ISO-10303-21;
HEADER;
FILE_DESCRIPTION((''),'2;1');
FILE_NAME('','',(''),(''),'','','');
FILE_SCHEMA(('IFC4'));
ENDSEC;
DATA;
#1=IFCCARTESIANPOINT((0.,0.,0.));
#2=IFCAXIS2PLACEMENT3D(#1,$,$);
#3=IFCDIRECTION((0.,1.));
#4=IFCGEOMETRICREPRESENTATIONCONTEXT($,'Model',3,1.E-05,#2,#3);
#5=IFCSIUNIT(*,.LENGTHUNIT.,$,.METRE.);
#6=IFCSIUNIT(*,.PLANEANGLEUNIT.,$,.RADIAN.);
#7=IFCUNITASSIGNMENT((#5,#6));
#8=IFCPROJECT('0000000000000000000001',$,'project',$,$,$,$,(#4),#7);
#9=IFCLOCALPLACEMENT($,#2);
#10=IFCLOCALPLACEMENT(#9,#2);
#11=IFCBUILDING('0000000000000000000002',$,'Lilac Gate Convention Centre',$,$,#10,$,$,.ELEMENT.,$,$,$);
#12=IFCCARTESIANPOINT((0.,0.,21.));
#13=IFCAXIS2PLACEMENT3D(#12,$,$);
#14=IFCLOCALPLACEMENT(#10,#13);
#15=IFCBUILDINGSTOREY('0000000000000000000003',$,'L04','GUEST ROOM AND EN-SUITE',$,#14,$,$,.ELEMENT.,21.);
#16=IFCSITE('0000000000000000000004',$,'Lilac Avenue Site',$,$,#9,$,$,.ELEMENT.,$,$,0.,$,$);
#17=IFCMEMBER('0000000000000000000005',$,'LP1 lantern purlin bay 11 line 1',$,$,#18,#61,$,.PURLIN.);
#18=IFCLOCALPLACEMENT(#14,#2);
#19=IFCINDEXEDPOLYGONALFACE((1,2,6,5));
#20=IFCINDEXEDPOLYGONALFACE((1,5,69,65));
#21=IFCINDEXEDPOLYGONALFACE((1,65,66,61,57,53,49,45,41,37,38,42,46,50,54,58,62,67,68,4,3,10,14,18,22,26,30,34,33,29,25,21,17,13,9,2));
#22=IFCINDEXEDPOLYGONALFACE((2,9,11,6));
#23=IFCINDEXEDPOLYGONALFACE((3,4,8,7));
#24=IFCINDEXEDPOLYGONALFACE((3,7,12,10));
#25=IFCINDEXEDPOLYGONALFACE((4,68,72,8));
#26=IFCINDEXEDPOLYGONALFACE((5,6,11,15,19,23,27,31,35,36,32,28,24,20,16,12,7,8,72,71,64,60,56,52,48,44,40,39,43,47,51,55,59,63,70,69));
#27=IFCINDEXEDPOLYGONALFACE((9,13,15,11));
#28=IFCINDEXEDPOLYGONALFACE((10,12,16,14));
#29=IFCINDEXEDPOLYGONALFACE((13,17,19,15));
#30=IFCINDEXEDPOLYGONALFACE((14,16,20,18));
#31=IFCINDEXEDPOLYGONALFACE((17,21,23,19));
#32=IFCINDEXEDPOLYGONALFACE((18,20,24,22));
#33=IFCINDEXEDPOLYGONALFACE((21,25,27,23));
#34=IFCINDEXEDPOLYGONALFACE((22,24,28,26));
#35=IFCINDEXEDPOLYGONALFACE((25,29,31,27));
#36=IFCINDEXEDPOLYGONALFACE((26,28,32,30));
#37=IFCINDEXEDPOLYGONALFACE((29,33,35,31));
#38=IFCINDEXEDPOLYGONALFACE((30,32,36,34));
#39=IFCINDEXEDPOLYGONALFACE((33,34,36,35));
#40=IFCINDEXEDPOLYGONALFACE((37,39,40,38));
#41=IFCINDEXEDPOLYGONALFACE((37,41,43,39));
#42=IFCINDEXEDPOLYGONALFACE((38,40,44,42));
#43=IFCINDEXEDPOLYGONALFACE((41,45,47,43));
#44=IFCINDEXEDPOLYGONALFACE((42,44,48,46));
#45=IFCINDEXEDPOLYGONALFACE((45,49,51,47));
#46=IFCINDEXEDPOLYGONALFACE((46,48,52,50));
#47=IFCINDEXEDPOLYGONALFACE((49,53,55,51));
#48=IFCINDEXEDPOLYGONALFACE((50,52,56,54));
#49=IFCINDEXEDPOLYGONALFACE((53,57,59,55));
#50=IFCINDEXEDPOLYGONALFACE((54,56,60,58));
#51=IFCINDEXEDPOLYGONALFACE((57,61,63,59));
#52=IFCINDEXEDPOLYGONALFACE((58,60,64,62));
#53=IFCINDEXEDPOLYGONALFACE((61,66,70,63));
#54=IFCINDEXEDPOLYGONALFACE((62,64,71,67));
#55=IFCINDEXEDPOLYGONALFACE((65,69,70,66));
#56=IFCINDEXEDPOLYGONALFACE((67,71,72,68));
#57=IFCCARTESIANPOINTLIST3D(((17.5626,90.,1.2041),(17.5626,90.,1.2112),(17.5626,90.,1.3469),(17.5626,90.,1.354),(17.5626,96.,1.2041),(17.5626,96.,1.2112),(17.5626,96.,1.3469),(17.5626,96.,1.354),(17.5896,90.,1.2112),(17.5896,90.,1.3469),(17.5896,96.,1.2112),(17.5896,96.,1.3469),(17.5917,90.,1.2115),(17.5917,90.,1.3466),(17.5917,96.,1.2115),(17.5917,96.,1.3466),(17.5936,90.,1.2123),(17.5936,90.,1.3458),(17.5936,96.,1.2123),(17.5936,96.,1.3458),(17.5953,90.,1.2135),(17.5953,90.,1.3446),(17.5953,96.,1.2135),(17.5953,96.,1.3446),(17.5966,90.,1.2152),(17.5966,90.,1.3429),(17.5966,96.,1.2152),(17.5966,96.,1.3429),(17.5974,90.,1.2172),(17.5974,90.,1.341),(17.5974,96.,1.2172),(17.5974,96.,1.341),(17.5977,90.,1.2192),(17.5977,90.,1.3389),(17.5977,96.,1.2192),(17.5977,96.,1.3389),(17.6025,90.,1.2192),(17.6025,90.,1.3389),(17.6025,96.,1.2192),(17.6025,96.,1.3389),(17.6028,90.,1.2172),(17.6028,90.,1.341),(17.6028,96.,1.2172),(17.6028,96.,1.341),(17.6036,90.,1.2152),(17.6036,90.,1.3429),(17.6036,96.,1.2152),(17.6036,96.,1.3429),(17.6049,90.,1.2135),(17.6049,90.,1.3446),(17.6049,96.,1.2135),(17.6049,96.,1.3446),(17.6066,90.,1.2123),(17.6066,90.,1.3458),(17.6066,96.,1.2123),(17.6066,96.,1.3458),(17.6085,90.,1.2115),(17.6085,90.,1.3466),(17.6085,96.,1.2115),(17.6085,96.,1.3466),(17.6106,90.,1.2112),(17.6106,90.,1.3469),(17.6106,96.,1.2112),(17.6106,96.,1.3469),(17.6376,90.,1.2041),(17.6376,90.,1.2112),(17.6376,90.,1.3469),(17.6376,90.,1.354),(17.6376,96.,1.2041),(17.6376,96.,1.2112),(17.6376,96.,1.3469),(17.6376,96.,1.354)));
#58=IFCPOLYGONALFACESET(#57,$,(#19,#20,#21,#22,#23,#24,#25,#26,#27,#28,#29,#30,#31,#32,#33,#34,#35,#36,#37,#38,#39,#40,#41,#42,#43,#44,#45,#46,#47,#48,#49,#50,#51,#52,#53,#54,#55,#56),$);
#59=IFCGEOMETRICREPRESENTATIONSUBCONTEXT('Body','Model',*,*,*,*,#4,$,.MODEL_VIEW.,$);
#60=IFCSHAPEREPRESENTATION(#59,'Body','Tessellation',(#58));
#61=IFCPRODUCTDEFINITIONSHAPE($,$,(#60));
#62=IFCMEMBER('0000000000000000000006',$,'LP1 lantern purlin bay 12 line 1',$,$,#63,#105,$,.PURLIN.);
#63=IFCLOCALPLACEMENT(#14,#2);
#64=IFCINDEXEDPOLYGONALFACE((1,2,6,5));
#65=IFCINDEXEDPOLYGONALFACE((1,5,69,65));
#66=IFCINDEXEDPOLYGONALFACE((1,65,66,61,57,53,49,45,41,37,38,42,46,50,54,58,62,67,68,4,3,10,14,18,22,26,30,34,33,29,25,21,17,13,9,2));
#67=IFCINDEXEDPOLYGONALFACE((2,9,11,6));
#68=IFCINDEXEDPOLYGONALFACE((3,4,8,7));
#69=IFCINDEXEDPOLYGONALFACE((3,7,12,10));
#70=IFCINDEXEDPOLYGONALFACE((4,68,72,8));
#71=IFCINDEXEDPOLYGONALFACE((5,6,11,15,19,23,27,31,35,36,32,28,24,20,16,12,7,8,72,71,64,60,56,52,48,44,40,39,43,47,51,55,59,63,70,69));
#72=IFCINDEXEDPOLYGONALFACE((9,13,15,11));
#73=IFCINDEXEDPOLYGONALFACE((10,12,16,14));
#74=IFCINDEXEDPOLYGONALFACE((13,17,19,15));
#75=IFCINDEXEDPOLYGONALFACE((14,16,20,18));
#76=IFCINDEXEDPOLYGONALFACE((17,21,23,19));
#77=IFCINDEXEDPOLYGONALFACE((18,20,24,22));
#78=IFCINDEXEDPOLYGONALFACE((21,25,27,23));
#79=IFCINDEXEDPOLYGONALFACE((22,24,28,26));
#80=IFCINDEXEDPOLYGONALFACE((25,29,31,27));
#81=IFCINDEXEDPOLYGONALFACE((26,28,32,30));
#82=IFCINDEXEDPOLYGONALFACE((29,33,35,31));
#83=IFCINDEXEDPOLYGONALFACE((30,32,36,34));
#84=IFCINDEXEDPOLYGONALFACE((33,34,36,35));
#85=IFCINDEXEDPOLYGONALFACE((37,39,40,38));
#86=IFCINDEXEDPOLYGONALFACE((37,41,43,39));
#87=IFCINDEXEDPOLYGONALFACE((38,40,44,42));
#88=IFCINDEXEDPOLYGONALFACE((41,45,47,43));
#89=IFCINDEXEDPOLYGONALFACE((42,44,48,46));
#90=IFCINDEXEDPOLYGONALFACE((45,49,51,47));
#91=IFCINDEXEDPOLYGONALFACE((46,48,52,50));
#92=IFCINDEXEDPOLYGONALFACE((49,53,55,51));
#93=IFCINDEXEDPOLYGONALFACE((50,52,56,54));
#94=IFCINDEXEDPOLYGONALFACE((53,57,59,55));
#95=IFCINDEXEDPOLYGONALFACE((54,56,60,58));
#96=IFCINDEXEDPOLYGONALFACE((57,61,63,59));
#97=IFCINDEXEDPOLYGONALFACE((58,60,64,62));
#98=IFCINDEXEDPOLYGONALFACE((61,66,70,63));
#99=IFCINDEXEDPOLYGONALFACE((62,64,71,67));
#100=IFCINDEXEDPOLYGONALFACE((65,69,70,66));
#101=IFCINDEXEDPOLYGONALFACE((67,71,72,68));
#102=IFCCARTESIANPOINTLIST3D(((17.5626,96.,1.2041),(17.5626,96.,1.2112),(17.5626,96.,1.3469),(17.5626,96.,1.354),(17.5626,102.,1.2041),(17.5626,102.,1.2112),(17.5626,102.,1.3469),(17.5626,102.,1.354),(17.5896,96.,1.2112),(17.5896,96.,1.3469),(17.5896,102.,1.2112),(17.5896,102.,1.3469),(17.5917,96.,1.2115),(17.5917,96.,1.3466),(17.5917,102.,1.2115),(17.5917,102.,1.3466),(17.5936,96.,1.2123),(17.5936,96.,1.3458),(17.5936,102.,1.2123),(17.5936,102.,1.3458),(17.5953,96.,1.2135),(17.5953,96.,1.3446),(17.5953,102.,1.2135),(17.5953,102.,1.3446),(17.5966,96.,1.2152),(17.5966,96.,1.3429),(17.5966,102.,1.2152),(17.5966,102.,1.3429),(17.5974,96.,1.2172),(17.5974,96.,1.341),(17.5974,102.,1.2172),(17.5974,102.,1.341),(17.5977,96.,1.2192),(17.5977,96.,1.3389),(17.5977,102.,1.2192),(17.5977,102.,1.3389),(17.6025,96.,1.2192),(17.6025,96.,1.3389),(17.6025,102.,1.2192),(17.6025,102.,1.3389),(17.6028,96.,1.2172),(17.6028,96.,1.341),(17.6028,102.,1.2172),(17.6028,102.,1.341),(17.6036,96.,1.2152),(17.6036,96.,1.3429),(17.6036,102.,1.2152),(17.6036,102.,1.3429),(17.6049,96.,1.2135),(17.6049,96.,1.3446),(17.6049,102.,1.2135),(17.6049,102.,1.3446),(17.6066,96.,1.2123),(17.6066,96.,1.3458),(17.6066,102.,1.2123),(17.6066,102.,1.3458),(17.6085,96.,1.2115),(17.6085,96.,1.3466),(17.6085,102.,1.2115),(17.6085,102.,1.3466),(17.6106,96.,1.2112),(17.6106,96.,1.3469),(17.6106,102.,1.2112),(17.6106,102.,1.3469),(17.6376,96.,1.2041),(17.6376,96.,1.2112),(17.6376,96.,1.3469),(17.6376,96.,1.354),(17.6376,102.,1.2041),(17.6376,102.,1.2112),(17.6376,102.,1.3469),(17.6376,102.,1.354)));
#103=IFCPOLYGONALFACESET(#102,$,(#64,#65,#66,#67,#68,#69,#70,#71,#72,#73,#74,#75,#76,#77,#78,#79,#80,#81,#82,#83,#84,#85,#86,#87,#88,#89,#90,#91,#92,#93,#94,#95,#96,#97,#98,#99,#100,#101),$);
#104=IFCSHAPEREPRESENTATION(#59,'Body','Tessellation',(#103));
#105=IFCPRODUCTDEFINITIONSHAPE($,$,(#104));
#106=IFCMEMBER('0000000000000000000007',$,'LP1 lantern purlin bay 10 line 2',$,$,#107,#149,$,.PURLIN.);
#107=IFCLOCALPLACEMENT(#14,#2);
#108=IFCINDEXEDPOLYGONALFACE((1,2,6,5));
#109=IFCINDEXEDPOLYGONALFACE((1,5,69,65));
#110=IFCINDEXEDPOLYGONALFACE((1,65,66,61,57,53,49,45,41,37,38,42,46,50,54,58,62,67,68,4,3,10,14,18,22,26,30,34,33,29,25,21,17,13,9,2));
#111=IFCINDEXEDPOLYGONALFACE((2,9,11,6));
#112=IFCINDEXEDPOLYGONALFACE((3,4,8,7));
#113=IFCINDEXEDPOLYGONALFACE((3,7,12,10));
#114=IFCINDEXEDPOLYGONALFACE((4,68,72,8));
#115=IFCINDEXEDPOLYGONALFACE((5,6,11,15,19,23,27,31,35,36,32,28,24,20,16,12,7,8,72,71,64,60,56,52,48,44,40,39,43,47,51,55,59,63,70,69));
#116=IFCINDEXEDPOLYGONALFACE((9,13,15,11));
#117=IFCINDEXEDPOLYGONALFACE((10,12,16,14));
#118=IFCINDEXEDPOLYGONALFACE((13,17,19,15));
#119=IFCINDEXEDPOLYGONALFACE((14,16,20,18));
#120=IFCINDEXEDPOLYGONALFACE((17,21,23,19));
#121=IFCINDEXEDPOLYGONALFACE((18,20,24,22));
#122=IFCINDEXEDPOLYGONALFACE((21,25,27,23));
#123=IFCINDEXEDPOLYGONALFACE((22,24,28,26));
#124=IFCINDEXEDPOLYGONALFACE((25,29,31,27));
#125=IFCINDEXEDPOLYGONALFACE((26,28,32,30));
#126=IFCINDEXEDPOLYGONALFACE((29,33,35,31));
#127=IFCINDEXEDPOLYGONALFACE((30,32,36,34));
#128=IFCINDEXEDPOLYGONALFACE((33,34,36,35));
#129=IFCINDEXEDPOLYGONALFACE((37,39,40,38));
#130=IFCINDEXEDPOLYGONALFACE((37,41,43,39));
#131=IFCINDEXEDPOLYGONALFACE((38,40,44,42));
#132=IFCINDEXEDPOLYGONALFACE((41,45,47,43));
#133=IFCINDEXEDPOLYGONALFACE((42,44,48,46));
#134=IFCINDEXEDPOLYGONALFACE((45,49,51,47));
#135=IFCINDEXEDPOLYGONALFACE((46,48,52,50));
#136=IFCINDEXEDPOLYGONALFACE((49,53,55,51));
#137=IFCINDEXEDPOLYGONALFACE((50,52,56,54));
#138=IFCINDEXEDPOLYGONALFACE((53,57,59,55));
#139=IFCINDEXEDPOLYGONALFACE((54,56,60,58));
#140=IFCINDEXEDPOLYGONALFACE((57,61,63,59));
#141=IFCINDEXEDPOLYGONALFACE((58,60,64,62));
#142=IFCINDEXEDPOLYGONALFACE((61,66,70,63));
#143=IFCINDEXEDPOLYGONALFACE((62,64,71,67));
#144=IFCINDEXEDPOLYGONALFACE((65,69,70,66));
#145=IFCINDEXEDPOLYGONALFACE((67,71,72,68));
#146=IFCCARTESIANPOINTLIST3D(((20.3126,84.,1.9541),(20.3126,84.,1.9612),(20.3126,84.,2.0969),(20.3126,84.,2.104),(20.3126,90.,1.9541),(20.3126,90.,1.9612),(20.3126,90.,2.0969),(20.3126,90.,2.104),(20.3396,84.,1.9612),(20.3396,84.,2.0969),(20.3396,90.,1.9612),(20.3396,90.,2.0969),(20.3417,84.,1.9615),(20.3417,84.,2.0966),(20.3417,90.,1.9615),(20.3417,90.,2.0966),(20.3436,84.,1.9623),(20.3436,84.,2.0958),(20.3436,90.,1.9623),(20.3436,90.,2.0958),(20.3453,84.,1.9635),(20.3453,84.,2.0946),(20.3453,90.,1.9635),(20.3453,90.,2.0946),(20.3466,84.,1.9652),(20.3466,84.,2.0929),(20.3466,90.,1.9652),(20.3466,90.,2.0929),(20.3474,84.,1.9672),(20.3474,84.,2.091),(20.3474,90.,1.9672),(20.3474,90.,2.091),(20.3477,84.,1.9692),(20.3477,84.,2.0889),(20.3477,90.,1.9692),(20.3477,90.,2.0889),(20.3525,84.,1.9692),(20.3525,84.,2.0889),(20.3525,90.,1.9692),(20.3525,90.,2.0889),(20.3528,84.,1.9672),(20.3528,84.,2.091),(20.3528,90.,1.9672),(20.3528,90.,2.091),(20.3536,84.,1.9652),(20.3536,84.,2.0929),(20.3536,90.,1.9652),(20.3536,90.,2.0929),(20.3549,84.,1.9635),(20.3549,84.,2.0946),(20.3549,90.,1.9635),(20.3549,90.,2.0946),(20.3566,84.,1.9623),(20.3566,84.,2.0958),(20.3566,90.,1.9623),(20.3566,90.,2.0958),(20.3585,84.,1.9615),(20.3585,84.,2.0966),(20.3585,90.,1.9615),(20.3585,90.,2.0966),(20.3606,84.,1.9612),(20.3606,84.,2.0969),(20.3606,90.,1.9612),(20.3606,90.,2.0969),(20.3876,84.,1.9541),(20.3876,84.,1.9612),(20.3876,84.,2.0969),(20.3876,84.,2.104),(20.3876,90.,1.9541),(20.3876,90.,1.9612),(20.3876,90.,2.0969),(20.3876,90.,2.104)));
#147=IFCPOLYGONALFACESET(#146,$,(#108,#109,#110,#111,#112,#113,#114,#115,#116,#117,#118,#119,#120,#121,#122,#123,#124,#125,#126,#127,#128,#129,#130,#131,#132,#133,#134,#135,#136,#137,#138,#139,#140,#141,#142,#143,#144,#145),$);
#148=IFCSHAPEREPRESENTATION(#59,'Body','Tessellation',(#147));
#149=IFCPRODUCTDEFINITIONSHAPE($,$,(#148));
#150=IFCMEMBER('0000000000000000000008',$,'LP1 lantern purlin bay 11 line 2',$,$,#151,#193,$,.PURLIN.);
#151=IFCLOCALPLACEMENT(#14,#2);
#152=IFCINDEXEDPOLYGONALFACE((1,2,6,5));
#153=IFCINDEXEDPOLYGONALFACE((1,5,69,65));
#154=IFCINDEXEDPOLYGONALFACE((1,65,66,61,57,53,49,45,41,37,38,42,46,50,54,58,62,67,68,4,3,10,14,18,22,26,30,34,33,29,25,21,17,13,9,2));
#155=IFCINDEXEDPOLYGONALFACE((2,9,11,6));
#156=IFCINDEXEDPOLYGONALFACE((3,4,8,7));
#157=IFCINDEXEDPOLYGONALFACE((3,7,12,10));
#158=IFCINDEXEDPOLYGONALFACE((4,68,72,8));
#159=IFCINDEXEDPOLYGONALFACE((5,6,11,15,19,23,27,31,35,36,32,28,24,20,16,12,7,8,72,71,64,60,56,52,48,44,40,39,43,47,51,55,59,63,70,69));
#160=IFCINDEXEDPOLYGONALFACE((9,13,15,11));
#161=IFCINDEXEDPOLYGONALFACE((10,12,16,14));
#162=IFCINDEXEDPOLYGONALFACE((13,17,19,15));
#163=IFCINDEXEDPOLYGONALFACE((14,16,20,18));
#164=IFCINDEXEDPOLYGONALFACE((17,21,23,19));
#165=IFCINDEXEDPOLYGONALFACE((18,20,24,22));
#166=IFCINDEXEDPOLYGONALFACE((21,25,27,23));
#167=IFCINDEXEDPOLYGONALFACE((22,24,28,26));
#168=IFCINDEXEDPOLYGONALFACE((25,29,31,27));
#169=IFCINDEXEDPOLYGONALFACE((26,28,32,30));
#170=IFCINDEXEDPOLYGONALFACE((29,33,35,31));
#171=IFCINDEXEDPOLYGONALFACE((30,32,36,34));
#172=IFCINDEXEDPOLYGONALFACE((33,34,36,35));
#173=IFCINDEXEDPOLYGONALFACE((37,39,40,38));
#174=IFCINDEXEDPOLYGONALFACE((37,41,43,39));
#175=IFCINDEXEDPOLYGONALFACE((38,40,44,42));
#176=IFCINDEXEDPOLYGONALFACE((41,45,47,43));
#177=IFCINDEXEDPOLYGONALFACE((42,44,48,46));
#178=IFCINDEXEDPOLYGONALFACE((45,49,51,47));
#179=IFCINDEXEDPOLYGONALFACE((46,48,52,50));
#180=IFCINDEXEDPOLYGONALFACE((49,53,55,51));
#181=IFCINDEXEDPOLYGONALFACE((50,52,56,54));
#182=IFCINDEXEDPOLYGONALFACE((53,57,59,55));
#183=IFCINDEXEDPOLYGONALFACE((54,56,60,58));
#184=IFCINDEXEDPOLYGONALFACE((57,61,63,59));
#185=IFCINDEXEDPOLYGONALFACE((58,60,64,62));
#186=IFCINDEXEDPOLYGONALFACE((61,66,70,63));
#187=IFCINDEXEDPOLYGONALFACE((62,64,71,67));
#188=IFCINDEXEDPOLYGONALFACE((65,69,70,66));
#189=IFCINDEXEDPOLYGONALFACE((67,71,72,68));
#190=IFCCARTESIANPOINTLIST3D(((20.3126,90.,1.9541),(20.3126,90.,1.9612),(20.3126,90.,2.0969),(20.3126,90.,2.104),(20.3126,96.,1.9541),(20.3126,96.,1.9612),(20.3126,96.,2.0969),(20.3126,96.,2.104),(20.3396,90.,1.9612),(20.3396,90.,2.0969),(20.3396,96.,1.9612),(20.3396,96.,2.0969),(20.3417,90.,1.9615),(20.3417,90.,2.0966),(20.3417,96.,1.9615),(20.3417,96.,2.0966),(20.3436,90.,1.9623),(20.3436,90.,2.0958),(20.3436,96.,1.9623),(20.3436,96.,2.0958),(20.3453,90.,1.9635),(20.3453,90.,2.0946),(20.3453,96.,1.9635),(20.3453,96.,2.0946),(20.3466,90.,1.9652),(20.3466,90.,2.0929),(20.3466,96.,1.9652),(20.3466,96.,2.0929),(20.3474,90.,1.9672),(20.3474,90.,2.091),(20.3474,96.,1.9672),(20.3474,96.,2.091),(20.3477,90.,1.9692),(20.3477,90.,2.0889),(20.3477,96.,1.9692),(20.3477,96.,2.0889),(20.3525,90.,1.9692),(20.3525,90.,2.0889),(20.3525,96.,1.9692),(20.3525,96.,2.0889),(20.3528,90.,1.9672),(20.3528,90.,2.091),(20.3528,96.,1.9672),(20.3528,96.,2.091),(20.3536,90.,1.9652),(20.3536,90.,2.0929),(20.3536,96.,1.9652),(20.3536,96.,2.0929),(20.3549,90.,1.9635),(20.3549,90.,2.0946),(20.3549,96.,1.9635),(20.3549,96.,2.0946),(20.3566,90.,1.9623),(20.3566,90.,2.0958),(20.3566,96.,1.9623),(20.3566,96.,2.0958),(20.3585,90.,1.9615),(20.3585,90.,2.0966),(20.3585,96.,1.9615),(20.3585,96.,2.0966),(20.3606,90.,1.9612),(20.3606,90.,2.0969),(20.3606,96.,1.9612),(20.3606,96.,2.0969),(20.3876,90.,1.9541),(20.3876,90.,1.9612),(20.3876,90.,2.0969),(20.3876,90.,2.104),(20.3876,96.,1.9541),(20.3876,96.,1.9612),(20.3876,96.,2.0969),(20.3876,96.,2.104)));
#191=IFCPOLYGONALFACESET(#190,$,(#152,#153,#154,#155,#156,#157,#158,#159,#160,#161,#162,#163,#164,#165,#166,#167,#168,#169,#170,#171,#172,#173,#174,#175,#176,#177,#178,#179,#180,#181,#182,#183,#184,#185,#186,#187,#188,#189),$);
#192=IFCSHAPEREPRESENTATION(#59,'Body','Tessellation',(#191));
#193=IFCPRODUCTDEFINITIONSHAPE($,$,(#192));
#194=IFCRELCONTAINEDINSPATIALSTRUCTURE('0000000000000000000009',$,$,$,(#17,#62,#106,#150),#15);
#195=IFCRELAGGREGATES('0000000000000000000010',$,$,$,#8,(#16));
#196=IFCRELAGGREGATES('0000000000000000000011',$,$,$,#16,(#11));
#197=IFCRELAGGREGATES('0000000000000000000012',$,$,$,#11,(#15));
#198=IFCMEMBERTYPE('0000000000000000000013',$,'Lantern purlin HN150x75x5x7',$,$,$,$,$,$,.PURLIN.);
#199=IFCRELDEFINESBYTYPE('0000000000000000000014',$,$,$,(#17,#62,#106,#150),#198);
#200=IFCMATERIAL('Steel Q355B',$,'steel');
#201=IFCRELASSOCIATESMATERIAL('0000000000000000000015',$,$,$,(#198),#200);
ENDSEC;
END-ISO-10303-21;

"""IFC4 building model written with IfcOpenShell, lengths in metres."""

from ifc_helpers import new_model, si_unit, direction, frame, origin, origin_2d, place, context, subcontext, project, spatial, i_section, extrude, material, material_profile, profile_set, type_object, element, save


model = new_model("IFC4")

# Units and contexts
model_context = context("Model", 3, precision=1e-05, world=origin(), true_north=direction((0.0, 1.0)))
body_context = subcontext(model_context, "Body", "Model", "MODEL_VIEW")
ifc_project = project(units=[si_unit("LENGTHUNIT", "METRE"), si_unit("PLANEANGLEUNIT", "RADIAN")], contexts=[model_context])

# Site, building, storey
site_placement = place(None, origin())
site = spatial("IfcSite", under=ifc_project, at=site_placement, Name="Lilac Avenue Site", CompositionType="ELEMENT", RefElevation=0.0)
building_placement = place(site_placement, origin())
building = spatial("IfcBuilding", under=site, at=building_placement, Name="Lilac Gate Convention Centre", CompositionType="ELEMENT")
storey_placement = place(building_placement, frame((0.0, 0.0, 21.0)))
storey = spatial("IfcBuildingStorey", under=building, at=storey_placement, Name="L04", Description="GUEST ROOM AND EN-SUITE", CompositionType="ELEMENT", Elevation=21.0)

# Members
ifc_material_1 = material(Name="Steel Q355B", Category="steel")
ifc_material_profile_1 = material_profile(ifc_material_1, i_section(OverallWidth=0.075, OverallDepth=0.1499, WebThickness=0.0049, FlangeThickness=0.0071, FilletRadius=0.0081, at=origin_2d()), Name="HN150x75x5x7")
ifc_profile_set_1 = profile_set([ifc_material_profile_1], Name="Steel Q355B")
member_type_1 = type_object("IfcMemberType", Name="Lantern purlin HN150x75x5x7", PredefinedType="PURLIN", material=ifc_profile_set_1)
for number, where, z_axis, x_axis, name in (
    (1, (17.6001, 90.0, 1.2791), (0.0, 1.0, 0.0), (-1.0, 0.0, 0.0), "LP1 lantern purlin bay 11 line 1"),
    (2, (17.6001, 96.0, 1.2791), (0.0, 1.0, 0.0), (-1.0, 0.0, 0.0), "LP1 lantern purlin bay 12 line 1"),
    (3, (20.3501, 84.0, 2.0291), (0.0, 1.0, 0.0), (-1.0, 0.0, 0.0), "LP1 lantern purlin bay 10 line 2"),
    (4, (20.3501, 90.0, 2.0291), (0.0, 1.0, 0.0), (-1.0, 0.0, 0.0), "LP1 lantern purlin bay 11 line 2"),
):
    element("IfcMember", number, at=place(storey_placement, frame(where, z_axis=z_axis, x_axis=x_axis)), inside=storey, type_object=member_type_1, Name=name, PredefinedType="PURLIN", context=body_context, shape_type="SweptSolid", body=[
        extrude(i_section(OverallWidth=0.075, OverallDepth=0.1499, WebThickness=0.0049, FlangeThickness=0.0071, FilletRadius=0.0081, at=origin_2d()), origin(), (0.0, 0.0, 1.0), 6.0),
    ])

save(model, "model.ifc")
